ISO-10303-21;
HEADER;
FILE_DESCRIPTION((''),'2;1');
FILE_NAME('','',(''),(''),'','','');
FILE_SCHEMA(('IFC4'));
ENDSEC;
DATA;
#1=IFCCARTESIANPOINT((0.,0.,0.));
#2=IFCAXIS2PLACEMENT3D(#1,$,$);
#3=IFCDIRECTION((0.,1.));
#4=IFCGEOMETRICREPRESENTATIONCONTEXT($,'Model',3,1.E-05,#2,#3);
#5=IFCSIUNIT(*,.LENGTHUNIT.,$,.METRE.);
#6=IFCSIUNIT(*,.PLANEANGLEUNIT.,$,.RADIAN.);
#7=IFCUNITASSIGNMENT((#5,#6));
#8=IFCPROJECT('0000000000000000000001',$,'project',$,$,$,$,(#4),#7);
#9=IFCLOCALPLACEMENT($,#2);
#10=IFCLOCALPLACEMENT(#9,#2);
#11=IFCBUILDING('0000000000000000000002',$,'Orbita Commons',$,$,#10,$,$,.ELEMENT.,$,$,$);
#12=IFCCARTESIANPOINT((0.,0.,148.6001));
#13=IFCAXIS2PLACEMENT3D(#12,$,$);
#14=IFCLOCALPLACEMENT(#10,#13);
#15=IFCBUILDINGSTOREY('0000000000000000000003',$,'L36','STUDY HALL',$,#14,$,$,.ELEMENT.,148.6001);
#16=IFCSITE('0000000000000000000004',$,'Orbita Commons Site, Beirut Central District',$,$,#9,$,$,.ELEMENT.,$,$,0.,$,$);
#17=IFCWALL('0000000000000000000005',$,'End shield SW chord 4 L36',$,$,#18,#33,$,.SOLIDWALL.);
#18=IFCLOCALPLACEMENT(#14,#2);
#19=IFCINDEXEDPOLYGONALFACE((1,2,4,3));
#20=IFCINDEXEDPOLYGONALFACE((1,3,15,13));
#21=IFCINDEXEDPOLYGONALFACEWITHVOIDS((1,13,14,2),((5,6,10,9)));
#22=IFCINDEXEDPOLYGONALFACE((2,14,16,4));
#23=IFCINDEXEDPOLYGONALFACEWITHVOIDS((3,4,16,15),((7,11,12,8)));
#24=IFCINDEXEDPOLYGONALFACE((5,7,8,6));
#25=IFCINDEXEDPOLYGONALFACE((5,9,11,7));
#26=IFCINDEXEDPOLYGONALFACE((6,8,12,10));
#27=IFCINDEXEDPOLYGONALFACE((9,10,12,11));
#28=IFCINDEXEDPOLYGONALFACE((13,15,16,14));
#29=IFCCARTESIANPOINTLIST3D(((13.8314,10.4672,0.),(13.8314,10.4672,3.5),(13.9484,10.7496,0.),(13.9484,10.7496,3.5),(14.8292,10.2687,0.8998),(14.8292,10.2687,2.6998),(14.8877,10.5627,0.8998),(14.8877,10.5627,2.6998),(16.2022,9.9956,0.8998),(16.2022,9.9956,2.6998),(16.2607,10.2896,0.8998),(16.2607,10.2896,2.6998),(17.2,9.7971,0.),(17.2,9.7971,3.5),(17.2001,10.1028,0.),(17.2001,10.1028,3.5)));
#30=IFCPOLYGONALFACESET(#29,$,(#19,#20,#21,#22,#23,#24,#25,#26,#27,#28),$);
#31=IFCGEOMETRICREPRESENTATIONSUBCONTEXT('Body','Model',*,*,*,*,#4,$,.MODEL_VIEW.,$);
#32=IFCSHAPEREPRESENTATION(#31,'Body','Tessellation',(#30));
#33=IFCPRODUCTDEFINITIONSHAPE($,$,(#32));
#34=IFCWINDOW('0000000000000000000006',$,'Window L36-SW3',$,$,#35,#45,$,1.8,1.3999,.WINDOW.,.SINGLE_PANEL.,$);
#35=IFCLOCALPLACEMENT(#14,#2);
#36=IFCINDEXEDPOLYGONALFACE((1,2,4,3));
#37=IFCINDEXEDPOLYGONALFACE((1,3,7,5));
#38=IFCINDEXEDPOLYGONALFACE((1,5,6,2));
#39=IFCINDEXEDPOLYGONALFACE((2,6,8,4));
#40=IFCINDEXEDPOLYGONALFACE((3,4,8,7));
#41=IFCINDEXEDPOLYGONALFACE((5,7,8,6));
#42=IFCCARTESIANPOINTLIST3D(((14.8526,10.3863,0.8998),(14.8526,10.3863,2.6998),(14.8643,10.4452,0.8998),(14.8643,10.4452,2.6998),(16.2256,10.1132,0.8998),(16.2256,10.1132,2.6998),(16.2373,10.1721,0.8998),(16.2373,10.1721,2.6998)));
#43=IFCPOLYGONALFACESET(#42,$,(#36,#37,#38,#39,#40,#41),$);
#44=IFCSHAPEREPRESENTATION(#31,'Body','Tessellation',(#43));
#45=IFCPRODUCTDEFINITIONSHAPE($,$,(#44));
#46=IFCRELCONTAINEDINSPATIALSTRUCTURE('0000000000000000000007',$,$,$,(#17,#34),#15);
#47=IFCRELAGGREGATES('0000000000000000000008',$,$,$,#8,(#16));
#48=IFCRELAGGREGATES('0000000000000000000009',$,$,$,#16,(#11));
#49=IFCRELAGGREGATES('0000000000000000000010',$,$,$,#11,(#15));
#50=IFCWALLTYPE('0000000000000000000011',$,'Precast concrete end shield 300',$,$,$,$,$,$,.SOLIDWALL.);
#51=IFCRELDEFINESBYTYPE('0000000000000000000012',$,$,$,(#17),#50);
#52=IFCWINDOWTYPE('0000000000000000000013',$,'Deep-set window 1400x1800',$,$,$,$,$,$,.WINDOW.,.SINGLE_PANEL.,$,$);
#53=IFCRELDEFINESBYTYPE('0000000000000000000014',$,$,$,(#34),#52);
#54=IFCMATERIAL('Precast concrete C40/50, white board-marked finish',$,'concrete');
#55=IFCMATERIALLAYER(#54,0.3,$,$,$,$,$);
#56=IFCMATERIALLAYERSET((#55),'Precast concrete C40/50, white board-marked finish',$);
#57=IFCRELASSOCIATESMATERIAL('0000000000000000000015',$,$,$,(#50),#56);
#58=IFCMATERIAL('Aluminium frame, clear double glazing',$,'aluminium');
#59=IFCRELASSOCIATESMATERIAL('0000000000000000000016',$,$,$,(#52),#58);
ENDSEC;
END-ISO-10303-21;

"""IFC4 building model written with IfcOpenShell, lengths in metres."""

from ifc_helpers import new_model, si_unit, direction, frame, frame_2d, origin, place, context, subcontext, project, spatial, polyline, rectangle, outline, extrude, material, layer, layer_set, type_object, element, fill, save


model = new_model("IFC4")

# Units and contexts
model_context = context("Model", 3, precision=1e-05, world=origin(), true_north=direction((0.0, 1.0)))
body_context = subcontext(model_context, "Body", "Model", "MODEL_VIEW")
ifc_project = project(units=[si_unit("LENGTHUNIT", "METRE"), si_unit("PLANEANGLEUNIT", "RADIAN")], contexts=[model_context])

# Site, building, storey
site_placement = place(None, origin())
site = spatial("IfcSite", under=ifc_project, at=site_placement, Name="Orbita Commons Site, Beirut Central District", CompositionType="ELEMENT", RefElevation=0.0)
building_placement = place(site_placement, origin())
building = spatial("IfcBuilding", under=site, at=building_placement, Name="Orbita Commons", CompositionType="ELEMENT")
storey_placement = place(building_placement, frame((0.0, 0.0, 148.6001)))
storey = spatial("IfcBuildingStorey", under=building, at=storey_placement, Name="L36", Description="STUDY HALL", CompositionType="ELEMENT", Elevation=148.6001)

# Wall, opening, window
ifc_material_1 = material(Name="Precast concrete C40/50, white board-marked finish", Category="concrete")
ifc_layer_1 = layer(ifc_material_1, 0.3)
ifc_layer_set_1 = layer_set([ifc_layer_1], Name="Precast concrete C40/50, white board-marked finish")
wall_type_1 = type_object("IfcWallType", Name="Precast concrete end shield 300", PredefinedType="SOLIDWALL", material=ifc_layer_set_1)
ifc_material_2 = material(Name="Aluminium frame, clear double glazing", Category="aluminium")
window_type = type_object("IfcWindowType", Name="Deep-set window 1400x1800", PartitioningType="SINGLE_PANEL", PredefinedType="WINDOW", material=ifc_material_2)
wall_1_placement = place(storey_placement, frame((13.8899, 10.6084, 0.0), z_axis=(0.0, 0.0, 1.0), x_axis=(0.980783, -0.1951, 0.0)))
wall_1 = element("IfcWall", 1, at=wall_1_placement, inside=storey, type_object=wall_type_1, Name="End shield SW chord 4 L36", PredefinedType="SOLIDWALL", context=body_context, shape_type="SweptSolid", body=[
    extrude(outline(polyline([(-0.0298, -0.1499), (3.4048, -0.1499), (3.3452, 0.1499), (0.0298, 0.1499), (-0.0298, -0.1499)])), origin(), (0.0, 0.0, 1.0), 3.5),
])
opening_1_placement = place(wall_1_placement, frame((0.9875, 0.0, 0.8999)))
opening_1 = element("IfcOpeningElement", 2, at=opening_1_placement, cuts=wall_1, PredefinedType="OPENING", context=body_context, shape_type="SweptSolid", body=[
    extrude(rectangle(XDim=1.3999, YDim=1.8, at=frame_2d((0.7, 0.8999))), frame((0.0, 0.1599, 0.0), z_axis=(0.0, -1.0, 0.0), x_axis=(1.0, 0.0, 0.0)), (0.0, 0.0, 1.0), 0.3201),
])
window_1_placement = place(opening_1_placement, origin())
window_1 = element("IfcWindow", 3, at=window_1_placement, inside=storey, type_object=window_type, Name="Window L36-SW3", OverallHeight=1.8, OverallWidth=1.3999, PartitioningType="SINGLE_PANEL", PredefinedType="WINDOW", context=body_context, shape_type="SweptSolid", body=[
    extrude(rectangle(XDim=1.3999, YDim=1.8, at=frame_2d((0.7, 0.8999))), frame((0.0, 0.03, 0.0), z_axis=(0.0, -1.0, 0.0), x_axis=(1.0, 0.0, 0.0)), (0.0, 0.0, 1.0), 0.0601),
])
fill(opening_1, window_1)

save(model, "model.ifc")
